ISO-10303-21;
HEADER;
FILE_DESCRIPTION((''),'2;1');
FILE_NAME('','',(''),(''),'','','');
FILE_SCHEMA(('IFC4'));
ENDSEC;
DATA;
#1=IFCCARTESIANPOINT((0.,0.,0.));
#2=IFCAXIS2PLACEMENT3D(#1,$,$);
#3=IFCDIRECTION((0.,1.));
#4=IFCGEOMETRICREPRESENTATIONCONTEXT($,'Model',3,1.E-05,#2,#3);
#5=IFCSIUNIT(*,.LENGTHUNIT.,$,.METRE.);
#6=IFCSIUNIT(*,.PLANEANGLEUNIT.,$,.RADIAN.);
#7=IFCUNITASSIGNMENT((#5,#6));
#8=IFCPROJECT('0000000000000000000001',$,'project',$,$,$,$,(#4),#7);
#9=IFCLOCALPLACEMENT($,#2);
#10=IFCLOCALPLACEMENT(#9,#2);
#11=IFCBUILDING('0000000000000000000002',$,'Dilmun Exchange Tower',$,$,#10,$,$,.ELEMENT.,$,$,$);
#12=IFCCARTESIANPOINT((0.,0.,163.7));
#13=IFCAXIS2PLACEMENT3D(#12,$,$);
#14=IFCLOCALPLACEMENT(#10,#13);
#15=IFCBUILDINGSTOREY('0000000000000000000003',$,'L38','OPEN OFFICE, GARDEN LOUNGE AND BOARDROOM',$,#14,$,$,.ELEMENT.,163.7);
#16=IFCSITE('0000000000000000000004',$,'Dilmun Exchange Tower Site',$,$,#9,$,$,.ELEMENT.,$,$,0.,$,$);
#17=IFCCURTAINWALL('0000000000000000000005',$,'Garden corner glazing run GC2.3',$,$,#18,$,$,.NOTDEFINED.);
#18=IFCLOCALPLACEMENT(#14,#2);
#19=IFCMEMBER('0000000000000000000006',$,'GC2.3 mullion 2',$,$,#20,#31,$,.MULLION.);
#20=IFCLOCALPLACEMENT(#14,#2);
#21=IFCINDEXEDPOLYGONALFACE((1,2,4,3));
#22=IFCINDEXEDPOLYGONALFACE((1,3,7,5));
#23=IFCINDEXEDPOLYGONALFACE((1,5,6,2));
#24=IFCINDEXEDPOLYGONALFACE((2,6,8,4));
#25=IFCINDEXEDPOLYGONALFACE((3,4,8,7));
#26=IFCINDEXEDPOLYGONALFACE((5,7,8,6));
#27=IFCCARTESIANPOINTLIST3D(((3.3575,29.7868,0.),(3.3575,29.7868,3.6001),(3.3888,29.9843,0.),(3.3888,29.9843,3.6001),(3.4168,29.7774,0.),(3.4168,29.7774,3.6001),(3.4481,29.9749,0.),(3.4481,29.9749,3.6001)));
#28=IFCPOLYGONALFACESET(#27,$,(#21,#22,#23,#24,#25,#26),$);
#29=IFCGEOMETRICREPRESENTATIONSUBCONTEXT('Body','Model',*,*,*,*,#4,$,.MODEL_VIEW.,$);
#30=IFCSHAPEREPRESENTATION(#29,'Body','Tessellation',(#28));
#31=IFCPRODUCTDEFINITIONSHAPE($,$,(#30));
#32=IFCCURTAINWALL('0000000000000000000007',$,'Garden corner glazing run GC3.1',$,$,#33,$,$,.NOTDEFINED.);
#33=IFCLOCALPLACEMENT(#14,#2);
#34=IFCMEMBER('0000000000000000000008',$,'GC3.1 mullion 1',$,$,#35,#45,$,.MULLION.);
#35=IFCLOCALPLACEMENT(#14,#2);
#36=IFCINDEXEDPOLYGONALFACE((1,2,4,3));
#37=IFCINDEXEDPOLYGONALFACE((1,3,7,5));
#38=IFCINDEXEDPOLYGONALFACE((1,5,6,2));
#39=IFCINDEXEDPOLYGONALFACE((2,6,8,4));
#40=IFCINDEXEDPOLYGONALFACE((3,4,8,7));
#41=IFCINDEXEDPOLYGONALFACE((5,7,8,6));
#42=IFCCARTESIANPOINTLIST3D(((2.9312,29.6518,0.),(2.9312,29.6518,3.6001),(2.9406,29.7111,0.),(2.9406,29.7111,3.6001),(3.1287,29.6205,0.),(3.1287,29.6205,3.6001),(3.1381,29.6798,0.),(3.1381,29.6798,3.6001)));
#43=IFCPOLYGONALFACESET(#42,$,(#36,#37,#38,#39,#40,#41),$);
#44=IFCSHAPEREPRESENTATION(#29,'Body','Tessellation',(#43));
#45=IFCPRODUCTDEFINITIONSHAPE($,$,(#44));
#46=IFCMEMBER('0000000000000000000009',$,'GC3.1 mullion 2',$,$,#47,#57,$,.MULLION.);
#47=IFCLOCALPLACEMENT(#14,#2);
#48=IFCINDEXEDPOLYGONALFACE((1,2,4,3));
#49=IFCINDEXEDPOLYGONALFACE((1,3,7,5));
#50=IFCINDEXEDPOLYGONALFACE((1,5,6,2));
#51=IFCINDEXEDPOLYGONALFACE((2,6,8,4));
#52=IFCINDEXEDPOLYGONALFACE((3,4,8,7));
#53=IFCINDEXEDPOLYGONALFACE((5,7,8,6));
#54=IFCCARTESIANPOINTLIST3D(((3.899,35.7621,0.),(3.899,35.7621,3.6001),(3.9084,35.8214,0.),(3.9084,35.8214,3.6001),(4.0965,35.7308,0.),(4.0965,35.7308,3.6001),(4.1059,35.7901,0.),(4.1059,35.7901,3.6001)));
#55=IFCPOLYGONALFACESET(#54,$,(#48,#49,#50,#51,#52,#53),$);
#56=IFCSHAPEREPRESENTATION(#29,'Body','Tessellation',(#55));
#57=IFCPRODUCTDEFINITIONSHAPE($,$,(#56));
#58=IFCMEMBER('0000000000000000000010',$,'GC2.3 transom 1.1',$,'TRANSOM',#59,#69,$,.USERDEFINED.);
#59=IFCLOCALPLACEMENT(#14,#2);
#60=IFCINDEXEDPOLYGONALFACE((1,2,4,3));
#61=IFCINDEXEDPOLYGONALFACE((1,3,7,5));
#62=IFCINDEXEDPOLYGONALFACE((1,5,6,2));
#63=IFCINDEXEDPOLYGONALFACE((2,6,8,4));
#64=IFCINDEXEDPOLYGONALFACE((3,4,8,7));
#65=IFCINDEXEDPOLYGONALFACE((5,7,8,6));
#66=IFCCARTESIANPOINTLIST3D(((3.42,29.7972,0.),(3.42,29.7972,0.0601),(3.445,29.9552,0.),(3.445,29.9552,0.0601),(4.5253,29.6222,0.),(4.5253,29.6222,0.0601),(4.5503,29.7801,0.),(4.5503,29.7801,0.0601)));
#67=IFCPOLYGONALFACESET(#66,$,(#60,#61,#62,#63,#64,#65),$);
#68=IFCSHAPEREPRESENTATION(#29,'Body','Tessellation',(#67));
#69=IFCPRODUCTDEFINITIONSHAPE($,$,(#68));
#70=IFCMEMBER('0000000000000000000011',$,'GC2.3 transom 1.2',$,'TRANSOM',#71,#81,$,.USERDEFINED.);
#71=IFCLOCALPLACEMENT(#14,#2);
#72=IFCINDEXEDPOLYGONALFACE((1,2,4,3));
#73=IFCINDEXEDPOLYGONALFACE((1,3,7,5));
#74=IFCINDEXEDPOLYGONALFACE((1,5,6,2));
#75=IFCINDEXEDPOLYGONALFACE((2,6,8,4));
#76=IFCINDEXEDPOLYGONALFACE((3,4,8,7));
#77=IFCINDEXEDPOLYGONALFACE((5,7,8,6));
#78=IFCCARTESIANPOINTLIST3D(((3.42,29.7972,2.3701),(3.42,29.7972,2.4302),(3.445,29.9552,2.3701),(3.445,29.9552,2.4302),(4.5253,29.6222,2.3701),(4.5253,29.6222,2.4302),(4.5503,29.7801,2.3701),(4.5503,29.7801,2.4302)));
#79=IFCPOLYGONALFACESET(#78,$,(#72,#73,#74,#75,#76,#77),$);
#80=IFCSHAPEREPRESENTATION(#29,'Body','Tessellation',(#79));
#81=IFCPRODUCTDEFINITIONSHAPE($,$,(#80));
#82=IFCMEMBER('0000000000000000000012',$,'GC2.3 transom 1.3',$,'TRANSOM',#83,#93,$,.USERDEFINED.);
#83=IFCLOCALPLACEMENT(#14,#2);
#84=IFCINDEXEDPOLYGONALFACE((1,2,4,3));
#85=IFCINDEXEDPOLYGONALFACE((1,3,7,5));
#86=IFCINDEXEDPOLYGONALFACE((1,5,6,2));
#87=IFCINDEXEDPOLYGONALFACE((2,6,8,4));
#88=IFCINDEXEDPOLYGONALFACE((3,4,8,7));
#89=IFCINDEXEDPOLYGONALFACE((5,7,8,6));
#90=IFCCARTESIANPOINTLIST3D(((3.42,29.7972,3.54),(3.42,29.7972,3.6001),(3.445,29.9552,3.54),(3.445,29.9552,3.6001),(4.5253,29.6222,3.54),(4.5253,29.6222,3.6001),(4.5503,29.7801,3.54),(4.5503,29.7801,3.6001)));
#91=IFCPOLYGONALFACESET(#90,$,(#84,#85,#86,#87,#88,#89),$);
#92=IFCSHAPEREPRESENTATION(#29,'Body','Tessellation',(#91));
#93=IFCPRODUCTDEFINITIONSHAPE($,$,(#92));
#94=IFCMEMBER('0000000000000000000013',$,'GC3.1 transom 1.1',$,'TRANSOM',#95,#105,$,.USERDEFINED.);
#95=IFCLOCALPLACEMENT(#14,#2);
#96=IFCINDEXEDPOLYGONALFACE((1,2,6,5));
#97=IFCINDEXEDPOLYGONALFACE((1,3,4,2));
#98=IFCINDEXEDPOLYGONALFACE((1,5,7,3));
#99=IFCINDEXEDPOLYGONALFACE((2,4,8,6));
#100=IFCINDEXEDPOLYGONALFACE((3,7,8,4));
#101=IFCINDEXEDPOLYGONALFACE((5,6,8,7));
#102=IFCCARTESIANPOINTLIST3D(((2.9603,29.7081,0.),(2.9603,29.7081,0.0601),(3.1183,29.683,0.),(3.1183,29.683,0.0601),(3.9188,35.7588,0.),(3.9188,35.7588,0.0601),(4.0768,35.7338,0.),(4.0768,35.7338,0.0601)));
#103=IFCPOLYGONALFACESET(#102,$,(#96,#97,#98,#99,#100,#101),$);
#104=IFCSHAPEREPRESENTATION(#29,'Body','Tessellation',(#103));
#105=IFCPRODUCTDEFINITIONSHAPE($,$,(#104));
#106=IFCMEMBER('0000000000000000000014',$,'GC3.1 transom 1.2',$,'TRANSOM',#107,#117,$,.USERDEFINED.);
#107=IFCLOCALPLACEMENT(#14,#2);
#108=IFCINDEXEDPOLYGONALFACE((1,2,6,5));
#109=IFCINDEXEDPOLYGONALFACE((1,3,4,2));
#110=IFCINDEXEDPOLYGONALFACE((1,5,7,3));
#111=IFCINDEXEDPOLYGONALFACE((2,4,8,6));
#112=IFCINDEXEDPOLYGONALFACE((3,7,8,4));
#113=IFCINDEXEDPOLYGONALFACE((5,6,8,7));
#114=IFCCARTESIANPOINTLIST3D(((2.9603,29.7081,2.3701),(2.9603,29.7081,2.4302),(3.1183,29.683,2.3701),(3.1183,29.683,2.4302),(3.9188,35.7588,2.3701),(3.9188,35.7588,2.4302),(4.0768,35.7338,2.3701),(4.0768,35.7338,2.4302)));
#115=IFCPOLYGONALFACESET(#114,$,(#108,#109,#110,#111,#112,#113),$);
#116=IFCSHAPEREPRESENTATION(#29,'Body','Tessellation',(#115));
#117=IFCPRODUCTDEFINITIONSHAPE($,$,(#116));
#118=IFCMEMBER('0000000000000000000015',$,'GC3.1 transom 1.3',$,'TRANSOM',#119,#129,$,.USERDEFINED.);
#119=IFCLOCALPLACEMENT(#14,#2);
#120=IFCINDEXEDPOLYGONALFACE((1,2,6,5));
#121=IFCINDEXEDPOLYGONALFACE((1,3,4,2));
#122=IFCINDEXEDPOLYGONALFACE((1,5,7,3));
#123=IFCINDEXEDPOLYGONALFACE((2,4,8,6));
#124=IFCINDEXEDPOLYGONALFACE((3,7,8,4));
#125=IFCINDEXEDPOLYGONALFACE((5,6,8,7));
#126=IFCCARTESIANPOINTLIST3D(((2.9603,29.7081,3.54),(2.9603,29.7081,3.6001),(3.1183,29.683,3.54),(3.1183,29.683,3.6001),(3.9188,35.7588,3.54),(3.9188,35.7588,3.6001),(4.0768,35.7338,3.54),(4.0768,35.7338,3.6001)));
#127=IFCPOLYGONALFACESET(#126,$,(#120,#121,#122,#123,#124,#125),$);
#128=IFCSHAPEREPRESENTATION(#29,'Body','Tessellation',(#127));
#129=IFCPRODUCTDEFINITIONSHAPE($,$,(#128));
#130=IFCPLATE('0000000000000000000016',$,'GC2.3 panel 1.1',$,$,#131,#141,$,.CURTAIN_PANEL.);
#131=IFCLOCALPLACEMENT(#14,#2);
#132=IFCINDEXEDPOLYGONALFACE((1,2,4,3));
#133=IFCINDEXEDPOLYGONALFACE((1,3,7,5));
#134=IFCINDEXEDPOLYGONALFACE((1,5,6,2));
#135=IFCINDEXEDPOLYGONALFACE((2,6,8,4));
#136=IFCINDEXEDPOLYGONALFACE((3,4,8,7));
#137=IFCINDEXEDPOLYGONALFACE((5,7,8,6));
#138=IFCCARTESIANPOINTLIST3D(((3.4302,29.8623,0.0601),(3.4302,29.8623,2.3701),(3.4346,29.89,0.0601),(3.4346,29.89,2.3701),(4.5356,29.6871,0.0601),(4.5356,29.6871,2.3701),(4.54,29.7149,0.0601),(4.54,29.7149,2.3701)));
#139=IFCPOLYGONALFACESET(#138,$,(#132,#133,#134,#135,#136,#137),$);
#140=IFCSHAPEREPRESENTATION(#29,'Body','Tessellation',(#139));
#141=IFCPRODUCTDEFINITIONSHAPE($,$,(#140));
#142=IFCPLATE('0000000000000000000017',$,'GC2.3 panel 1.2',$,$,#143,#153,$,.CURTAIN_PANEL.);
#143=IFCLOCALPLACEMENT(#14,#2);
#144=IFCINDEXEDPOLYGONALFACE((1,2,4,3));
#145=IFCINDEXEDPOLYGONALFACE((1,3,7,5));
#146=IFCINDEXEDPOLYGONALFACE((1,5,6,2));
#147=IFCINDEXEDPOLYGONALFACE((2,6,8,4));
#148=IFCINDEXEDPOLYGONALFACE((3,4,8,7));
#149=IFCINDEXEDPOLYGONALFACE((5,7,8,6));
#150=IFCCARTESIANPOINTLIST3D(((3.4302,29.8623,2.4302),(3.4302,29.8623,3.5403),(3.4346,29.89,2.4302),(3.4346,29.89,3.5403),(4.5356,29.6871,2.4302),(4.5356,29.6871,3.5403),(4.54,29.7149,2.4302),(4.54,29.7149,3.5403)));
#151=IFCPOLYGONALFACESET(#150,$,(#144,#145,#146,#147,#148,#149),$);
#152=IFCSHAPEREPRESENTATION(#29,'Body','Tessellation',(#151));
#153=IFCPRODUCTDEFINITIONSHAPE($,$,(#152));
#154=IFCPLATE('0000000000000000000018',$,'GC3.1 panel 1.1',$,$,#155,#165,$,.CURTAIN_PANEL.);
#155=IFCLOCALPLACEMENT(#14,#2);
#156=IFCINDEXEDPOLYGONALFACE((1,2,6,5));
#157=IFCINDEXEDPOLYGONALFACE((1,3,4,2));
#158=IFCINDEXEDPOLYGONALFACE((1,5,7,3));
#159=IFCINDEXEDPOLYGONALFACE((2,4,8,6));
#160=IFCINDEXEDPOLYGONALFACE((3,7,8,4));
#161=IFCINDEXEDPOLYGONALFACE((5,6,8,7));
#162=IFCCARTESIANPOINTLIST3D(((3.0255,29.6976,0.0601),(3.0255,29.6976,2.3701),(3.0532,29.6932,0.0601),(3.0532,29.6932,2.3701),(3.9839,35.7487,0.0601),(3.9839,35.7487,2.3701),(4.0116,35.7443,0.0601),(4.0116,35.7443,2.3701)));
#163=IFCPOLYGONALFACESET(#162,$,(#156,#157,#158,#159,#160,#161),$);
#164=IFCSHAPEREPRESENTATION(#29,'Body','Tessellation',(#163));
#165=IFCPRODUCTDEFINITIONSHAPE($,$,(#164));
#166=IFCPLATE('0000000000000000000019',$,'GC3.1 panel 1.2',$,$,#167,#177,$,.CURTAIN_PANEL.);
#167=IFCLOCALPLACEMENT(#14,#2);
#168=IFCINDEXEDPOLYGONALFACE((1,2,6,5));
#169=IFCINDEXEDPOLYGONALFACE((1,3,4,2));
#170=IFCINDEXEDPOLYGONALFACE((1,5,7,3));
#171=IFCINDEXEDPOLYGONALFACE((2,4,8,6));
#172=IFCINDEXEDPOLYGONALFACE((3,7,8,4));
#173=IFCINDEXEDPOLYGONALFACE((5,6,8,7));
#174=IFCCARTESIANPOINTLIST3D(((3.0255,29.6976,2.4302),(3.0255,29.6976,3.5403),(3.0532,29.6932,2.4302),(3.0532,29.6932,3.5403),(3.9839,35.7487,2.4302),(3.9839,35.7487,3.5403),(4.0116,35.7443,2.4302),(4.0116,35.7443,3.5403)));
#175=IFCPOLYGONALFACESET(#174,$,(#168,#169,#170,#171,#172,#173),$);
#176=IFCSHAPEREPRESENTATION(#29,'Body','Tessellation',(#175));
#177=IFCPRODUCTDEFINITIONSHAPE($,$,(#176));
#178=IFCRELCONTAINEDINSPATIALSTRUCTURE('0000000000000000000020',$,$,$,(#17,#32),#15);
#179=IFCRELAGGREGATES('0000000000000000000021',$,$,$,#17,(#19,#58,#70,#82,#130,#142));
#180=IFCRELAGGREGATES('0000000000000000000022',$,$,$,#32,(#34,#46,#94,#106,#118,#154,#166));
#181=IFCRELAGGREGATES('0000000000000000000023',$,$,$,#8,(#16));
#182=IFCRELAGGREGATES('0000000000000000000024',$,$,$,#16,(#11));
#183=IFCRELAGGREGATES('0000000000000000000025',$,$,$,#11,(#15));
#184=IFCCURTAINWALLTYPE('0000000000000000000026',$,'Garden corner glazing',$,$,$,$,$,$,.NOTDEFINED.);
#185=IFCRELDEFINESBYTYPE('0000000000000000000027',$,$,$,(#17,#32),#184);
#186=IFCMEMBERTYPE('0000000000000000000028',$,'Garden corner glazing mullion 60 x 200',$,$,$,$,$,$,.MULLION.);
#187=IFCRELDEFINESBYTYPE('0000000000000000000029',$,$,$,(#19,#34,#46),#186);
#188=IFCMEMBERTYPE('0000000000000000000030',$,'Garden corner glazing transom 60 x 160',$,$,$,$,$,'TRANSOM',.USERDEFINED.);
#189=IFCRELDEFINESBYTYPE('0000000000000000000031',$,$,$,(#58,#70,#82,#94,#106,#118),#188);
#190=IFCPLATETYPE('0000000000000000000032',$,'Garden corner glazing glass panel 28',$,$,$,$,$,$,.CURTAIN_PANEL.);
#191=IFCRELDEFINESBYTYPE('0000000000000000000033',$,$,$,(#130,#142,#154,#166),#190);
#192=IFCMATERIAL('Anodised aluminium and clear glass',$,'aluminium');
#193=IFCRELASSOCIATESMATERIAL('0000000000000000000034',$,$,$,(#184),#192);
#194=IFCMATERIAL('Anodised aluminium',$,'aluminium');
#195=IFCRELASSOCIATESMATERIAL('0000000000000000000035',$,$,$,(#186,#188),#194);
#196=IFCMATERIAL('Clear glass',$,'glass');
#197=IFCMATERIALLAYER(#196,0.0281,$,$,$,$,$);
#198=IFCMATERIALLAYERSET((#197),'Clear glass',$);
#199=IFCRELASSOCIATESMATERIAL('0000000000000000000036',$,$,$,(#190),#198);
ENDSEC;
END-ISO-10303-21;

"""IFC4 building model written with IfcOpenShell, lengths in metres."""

from ifc_helpers import new_model, si_unit, direction, frame, origin, origin_2d, place, context, subcontext, project, spatial, rectangle, extrude, material, layer, layer_set, material_profile, profile_set, type_object, element, aggregate, save


model = new_model("IFC4")

# Units and contexts
model_context = context("Model", 3, precision=1e-05, world=origin(), true_north=direction((0.0, 1.0)))
body_context = subcontext(model_context, "Body", "Model", "MODEL_VIEW")
ifc_project = project(units=[si_unit("LENGTHUNIT", "METRE"), si_unit("PLANEANGLEUNIT", "RADIAN")], contexts=[model_context])

# Site, building, storey
site_placement = place(None, origin())
site = spatial("IfcSite", under=ifc_project, at=site_placement, Name="Dilmun Exchange Tower Site", CompositionType="ELEMENT", RefElevation=0.0)
building_placement = place(site_placement, origin())
building = spatial("IfcBuilding", under=site, at=building_placement, Name="Dilmun Exchange Tower", CompositionType="ELEMENT")
storey_placement = place(building_placement, frame((0.0, 0.0, 163.7)))
storey = spatial("IfcBuildingStorey", under=building, at=storey_placement, Name="L38", Description="OPEN OFFICE, GARDEN LOUNGE AND BOARDROOM", CompositionType="ELEMENT", Elevation=163.7)

# Curtain wall, member
ifc_material_1 = material(Name="Anodised aluminium and clear glass", Category="aluminium")
curtain_wall_type = type_object("IfcCurtainWallType", Name="Garden corner glazing", PredefinedType="NOTDEFINED", material=ifc_material_1)
curtain_wall_1_placement = place(storey_placement, origin())
curtain_wall_1 = element("IfcCurtainWall", 1, at=curtain_wall_1_placement, inside=storey, type_object=curtain_wall_type, Name="Garden corner glazing run GC2.3", PredefinedType="NOTDEFINED")
ifc_material_2 = material(Name="Anodised aluminium", Category="aluminium")
ifc_material_profile_1 = material_profile(ifc_material_2, rectangle(XDim=0.2, YDim=0.0601, at=origin_2d()), Name="AL 60x200")
ifc_profile_set_1 = profile_set([ifc_material_profile_1], Name="Anodised aluminium")
member_type_1 = type_object("IfcMemberType", Name="Garden corner glazing mullion 60 x 200", PredefinedType="MULLION", material=ifc_profile_set_1)
member_1_placement = place(storey_placement, frame((3.4028, 29.8809, 0.0), z_axis=(0.0, 0.0, 1.0), x_axis=(-0.156489, -0.98768, 0.0)))
member_1 = element("IfcMember", 2, at=member_1_placement, type_object=member_type_1, Name="GC2.3 mullion 2", PredefinedType="MULLION", context=body_context, shape_type="SweptSolid", body=[
    extrude(rectangle(XDim=0.2, YDim=0.0601, at=origin_2d()), origin(), (0.0, 0.0, 1.0), 3.6001),
])

# Curtain wall, members
curtain_wall_2_placement = place(storey_placement, origin())
curtain_wall_2 = element("IfcCurtainWall", 3, at=curtain_wall_2_placement, inside=storey, type_object=curtain_wall_type, Name="Garden corner glazing run GC3.1", PredefinedType="NOTDEFINED")
member_2_placement = place(storey_placement, frame((3.0347, 29.6658, 0.0), z_axis=(0.0, 0.0, 1.0), x_axis=(-0.987687, 0.156442, 0.0)))
member_2 = element("IfcMember", 4, at=member_2_placement, type_object=member_type_1, Name="GC3.1 mullion 1", PredefinedType="MULLION", context=body_context, shape_type="SweptSolid", body=[
    extrude(rectangle(XDim=0.2, YDim=0.0601, at=origin_2d()), origin(), (0.0, 0.0, 1.0), 3.6001),
])
member_3_placement = place(storey_placement, frame((4.0024, 35.7761, 0.0), z_axis=(0.0, 0.0, 1.0), x_axis=(-0.987687, 0.156442, 0.0)))
member_3 = element("IfcMember", 5, at=member_3_placement, type_object=member_type_1, Name="GC3.1 mullion 2", PredefinedType="MULLION", context=body_context, shape_type="SweptSolid", body=[
    extrude(rectangle(XDim=0.2, YDim=0.0601, at=origin_2d()), origin(), (0.0, 0.0, 1.0), 3.6001),
])

# Members
ifc_material_profile_2 = material_profile(ifc_material_2, rectangle(XDim=0.1599, YDim=0.0601, at=origin_2d()), Name="AL 60x160")
ifc_profile_set_2 = profile_set([ifc_material_profile_2], Name="Anodised aluminium")
member_type_2 = type_object("IfcMemberType", Name="Garden corner glazing transom 60 x 160", ElementType="TRANSOM", PredefinedType="USERDEFINED", material=ifc_profile_set_2)
member_4_placement = place(storey_placement, frame((4.5378, 29.7012, 0.03), z_axis=(-0.987694, 0.156399, 0.0), x_axis=(-0.156399, -0.987694, 0.0)))
member_4 = element("IfcMember", 6, at=member_4_placement, type_object=member_type_2, Name="GC2.3 transom 1.1", ObjectType="TRANSOM", PredefinedType="USERDEFINED", context=body_context, shape_type="SweptSolid", body=[
    extrude(rectangle(XDim=0.1599, YDim=0.0601, at=origin_2d()), origin(), (0.0, 0.0, 1.0), 1.1191),
])
member_5_placement = place(storey_placement, frame((4.5378, 29.7012, 2.4001), z_axis=(-0.987694, 0.156399, 0.0), x_axis=(-0.156399, -0.987694, 0.0)))
member_5 = element("IfcMember", 7, at=member_5_placement, type_object=member_type_2, Name="GC2.3 transom 1.2", ObjectType="TRANSOM", PredefinedType="USERDEFINED", context=body_context, shape_type="SweptSolid", body=[
    extrude(rectangle(XDim=0.1599, YDim=0.0601, at=origin_2d()), origin(), (0.0, 0.0, 1.0), 1.1191),
])
member_6_placement = place(storey_placement, frame((4.5378, 29.7012, 3.5701), z_axis=(-0.987694, 0.156399, 0.0), x_axis=(-0.156399, -0.987694, 0.0)))
member_6 = element("IfcMember", 8, at=member_6_placement, type_object=member_type_2, Name="GC2.3 transom 1.3", ObjectType="TRANSOM", PredefinedType="USERDEFINED", context=body_context, shape_type="SweptSolid", body=[
    extrude(rectangle(XDim=0.1599, YDim=0.0601, at=origin_2d()), origin(), (0.0, 0.0, 1.0), 1.1191),
])
member_7_placement = place(storey_placement, frame((3.0393, 29.6956, 0.03), z_axis=(0.156458, 0.987685, 0.0), x_axis=(-0.987685, 0.156458, 0.0)))
member_7 = element("IfcMember", 9, at=member_7_placement, type_object=member_type_2, Name="GC3.1 transom 1.1", ObjectType="TRANSOM", PredefinedType="USERDEFINED", context=body_context, shape_type="SweptSolid", body=[
    extrude(rectangle(XDim=0.1599, YDim=0.0601, at=origin_2d()), origin(), (0.0, 0.0, 1.0), 6.1262),
])
member_8_placement = place(storey_placement, frame((3.0393, 29.6956, 2.4001), z_axis=(0.156458, 0.987685, 0.0), x_axis=(-0.987685, 0.156458, 0.0)))
member_8 = element("IfcMember", 10, at=member_8_placement, type_object=member_type_2, Name="GC3.1 transom 1.2", ObjectType="TRANSOM", PredefinedType="USERDEFINED", context=body_context, shape_type="SweptSolid", body=[
    extrude(rectangle(XDim=0.1599, YDim=0.0601, at=origin_2d()), origin(), (0.0, 0.0, 1.0), 6.1262),
])
member_9_placement = place(storey_placement, frame((3.0393, 29.6956, 3.5701), z_axis=(0.156458, 0.987685, 0.0), x_axis=(-0.987685, 0.156458, 0.0)))
member_9 = element("IfcMember", 11, at=member_9_placement, type_object=member_type_2, Name="GC3.1 transom 1.3", ObjectType="TRANSOM", PredefinedType="USERDEFINED", context=body_context, shape_type="SweptSolid", body=[
    extrude(rectangle(XDim=0.1599, YDim=0.0601, at=origin_2d()), origin(), (0.0, 0.0, 1.0), 6.1262),
])

# Plates
ifc_material_3 = material(Name="Clear glass", Category="glass")
ifc_layer_1 = layer(ifc_material_3, 0.0281)
ifc_layer_set_1 = layer_set([ifc_layer_1], Name="Clear glass")
plate_type = type_object("IfcPlateType", Name="Garden corner glazing glass panel 28", PredefinedType="CURTAIN_PANEL", material=ifc_layer_set_1)
plate_1_placement = place(storey_placement, frame((3.9851, 29.7886, 0.0601), z_axis=(0.0, 0.0, 1.0), x_axis=(-0.98768, 0.156489, 0.0)))
plate_1 = element("IfcPlate", 12, at=plate_1_placement, type_object=plate_type, Name="GC2.3 panel 1.1", PredefinedType="CURTAIN_PANEL", context=body_context, shape_type="SweptSolid", body=[
    extrude(rectangle(XDim=1.1191, YDim=0.0281, at=origin_2d()), origin(), (0.0, 0.0, 1.0), 2.3101),
])
plate_2_placement = place(storey_placement, frame((3.9851, 29.7886, 2.4302), z_axis=(0.0, 0.0, 1.0), x_axis=(-0.98768, 0.156489, 0.0)))
plate_2 = element("IfcPlate", 13, at=plate_2_placement, type_object=plate_type, Name="GC2.3 panel 1.2", PredefinedType="CURTAIN_PANEL", context=body_context, shape_type="SweptSolid", body=[
    extrude(rectangle(XDim=1.1191, YDim=0.0281, at=origin_2d()), origin(), (0.0, 0.0, 1.0), 1.1101),
])
aggregate(curtain_wall_1, [member_1, member_4, member_5, member_6, plate_1, plate_2])
plate_3_placement = place(storey_placement, frame((3.5186, 32.7209, 0.0601), z_axis=(0.0, 0.0, 1.0), x_axis=(0.156442, 0.987687, 0.0)))
plate_3 = element("IfcPlate", 14, at=plate_3_placement, type_object=plate_type, Name="GC3.1 panel 1.1", PredefinedType="CURTAIN_PANEL", context=body_context, shape_type="SweptSolid", body=[
    extrude(rectangle(XDim=6.1265, YDim=0.0281, at=origin_2d()), origin(), (0.0, 0.0, 1.0), 2.3101),
])
plate_4_placement = place(storey_placement, frame((3.5186, 32.7209, 2.4302), z_axis=(0.0, 0.0, 1.0), x_axis=(0.156442, 0.987687, 0.0)))
plate_4 = element("IfcPlate", 15, at=plate_4_placement, type_object=plate_type, Name="GC3.1 panel 1.2", PredefinedType="CURTAIN_PANEL", context=body_context, shape_type="SweptSolid", body=[
    extrude(rectangle(XDim=6.1265, YDim=0.0281, at=origin_2d()), origin(), (0.0, 0.0, 1.0), 1.1101),
])
aggregate(curtain_wall_2, [member_2, member_3, member_7, member_8, member_9, plate_3, plate_4])

save(model, "model.ifc")
